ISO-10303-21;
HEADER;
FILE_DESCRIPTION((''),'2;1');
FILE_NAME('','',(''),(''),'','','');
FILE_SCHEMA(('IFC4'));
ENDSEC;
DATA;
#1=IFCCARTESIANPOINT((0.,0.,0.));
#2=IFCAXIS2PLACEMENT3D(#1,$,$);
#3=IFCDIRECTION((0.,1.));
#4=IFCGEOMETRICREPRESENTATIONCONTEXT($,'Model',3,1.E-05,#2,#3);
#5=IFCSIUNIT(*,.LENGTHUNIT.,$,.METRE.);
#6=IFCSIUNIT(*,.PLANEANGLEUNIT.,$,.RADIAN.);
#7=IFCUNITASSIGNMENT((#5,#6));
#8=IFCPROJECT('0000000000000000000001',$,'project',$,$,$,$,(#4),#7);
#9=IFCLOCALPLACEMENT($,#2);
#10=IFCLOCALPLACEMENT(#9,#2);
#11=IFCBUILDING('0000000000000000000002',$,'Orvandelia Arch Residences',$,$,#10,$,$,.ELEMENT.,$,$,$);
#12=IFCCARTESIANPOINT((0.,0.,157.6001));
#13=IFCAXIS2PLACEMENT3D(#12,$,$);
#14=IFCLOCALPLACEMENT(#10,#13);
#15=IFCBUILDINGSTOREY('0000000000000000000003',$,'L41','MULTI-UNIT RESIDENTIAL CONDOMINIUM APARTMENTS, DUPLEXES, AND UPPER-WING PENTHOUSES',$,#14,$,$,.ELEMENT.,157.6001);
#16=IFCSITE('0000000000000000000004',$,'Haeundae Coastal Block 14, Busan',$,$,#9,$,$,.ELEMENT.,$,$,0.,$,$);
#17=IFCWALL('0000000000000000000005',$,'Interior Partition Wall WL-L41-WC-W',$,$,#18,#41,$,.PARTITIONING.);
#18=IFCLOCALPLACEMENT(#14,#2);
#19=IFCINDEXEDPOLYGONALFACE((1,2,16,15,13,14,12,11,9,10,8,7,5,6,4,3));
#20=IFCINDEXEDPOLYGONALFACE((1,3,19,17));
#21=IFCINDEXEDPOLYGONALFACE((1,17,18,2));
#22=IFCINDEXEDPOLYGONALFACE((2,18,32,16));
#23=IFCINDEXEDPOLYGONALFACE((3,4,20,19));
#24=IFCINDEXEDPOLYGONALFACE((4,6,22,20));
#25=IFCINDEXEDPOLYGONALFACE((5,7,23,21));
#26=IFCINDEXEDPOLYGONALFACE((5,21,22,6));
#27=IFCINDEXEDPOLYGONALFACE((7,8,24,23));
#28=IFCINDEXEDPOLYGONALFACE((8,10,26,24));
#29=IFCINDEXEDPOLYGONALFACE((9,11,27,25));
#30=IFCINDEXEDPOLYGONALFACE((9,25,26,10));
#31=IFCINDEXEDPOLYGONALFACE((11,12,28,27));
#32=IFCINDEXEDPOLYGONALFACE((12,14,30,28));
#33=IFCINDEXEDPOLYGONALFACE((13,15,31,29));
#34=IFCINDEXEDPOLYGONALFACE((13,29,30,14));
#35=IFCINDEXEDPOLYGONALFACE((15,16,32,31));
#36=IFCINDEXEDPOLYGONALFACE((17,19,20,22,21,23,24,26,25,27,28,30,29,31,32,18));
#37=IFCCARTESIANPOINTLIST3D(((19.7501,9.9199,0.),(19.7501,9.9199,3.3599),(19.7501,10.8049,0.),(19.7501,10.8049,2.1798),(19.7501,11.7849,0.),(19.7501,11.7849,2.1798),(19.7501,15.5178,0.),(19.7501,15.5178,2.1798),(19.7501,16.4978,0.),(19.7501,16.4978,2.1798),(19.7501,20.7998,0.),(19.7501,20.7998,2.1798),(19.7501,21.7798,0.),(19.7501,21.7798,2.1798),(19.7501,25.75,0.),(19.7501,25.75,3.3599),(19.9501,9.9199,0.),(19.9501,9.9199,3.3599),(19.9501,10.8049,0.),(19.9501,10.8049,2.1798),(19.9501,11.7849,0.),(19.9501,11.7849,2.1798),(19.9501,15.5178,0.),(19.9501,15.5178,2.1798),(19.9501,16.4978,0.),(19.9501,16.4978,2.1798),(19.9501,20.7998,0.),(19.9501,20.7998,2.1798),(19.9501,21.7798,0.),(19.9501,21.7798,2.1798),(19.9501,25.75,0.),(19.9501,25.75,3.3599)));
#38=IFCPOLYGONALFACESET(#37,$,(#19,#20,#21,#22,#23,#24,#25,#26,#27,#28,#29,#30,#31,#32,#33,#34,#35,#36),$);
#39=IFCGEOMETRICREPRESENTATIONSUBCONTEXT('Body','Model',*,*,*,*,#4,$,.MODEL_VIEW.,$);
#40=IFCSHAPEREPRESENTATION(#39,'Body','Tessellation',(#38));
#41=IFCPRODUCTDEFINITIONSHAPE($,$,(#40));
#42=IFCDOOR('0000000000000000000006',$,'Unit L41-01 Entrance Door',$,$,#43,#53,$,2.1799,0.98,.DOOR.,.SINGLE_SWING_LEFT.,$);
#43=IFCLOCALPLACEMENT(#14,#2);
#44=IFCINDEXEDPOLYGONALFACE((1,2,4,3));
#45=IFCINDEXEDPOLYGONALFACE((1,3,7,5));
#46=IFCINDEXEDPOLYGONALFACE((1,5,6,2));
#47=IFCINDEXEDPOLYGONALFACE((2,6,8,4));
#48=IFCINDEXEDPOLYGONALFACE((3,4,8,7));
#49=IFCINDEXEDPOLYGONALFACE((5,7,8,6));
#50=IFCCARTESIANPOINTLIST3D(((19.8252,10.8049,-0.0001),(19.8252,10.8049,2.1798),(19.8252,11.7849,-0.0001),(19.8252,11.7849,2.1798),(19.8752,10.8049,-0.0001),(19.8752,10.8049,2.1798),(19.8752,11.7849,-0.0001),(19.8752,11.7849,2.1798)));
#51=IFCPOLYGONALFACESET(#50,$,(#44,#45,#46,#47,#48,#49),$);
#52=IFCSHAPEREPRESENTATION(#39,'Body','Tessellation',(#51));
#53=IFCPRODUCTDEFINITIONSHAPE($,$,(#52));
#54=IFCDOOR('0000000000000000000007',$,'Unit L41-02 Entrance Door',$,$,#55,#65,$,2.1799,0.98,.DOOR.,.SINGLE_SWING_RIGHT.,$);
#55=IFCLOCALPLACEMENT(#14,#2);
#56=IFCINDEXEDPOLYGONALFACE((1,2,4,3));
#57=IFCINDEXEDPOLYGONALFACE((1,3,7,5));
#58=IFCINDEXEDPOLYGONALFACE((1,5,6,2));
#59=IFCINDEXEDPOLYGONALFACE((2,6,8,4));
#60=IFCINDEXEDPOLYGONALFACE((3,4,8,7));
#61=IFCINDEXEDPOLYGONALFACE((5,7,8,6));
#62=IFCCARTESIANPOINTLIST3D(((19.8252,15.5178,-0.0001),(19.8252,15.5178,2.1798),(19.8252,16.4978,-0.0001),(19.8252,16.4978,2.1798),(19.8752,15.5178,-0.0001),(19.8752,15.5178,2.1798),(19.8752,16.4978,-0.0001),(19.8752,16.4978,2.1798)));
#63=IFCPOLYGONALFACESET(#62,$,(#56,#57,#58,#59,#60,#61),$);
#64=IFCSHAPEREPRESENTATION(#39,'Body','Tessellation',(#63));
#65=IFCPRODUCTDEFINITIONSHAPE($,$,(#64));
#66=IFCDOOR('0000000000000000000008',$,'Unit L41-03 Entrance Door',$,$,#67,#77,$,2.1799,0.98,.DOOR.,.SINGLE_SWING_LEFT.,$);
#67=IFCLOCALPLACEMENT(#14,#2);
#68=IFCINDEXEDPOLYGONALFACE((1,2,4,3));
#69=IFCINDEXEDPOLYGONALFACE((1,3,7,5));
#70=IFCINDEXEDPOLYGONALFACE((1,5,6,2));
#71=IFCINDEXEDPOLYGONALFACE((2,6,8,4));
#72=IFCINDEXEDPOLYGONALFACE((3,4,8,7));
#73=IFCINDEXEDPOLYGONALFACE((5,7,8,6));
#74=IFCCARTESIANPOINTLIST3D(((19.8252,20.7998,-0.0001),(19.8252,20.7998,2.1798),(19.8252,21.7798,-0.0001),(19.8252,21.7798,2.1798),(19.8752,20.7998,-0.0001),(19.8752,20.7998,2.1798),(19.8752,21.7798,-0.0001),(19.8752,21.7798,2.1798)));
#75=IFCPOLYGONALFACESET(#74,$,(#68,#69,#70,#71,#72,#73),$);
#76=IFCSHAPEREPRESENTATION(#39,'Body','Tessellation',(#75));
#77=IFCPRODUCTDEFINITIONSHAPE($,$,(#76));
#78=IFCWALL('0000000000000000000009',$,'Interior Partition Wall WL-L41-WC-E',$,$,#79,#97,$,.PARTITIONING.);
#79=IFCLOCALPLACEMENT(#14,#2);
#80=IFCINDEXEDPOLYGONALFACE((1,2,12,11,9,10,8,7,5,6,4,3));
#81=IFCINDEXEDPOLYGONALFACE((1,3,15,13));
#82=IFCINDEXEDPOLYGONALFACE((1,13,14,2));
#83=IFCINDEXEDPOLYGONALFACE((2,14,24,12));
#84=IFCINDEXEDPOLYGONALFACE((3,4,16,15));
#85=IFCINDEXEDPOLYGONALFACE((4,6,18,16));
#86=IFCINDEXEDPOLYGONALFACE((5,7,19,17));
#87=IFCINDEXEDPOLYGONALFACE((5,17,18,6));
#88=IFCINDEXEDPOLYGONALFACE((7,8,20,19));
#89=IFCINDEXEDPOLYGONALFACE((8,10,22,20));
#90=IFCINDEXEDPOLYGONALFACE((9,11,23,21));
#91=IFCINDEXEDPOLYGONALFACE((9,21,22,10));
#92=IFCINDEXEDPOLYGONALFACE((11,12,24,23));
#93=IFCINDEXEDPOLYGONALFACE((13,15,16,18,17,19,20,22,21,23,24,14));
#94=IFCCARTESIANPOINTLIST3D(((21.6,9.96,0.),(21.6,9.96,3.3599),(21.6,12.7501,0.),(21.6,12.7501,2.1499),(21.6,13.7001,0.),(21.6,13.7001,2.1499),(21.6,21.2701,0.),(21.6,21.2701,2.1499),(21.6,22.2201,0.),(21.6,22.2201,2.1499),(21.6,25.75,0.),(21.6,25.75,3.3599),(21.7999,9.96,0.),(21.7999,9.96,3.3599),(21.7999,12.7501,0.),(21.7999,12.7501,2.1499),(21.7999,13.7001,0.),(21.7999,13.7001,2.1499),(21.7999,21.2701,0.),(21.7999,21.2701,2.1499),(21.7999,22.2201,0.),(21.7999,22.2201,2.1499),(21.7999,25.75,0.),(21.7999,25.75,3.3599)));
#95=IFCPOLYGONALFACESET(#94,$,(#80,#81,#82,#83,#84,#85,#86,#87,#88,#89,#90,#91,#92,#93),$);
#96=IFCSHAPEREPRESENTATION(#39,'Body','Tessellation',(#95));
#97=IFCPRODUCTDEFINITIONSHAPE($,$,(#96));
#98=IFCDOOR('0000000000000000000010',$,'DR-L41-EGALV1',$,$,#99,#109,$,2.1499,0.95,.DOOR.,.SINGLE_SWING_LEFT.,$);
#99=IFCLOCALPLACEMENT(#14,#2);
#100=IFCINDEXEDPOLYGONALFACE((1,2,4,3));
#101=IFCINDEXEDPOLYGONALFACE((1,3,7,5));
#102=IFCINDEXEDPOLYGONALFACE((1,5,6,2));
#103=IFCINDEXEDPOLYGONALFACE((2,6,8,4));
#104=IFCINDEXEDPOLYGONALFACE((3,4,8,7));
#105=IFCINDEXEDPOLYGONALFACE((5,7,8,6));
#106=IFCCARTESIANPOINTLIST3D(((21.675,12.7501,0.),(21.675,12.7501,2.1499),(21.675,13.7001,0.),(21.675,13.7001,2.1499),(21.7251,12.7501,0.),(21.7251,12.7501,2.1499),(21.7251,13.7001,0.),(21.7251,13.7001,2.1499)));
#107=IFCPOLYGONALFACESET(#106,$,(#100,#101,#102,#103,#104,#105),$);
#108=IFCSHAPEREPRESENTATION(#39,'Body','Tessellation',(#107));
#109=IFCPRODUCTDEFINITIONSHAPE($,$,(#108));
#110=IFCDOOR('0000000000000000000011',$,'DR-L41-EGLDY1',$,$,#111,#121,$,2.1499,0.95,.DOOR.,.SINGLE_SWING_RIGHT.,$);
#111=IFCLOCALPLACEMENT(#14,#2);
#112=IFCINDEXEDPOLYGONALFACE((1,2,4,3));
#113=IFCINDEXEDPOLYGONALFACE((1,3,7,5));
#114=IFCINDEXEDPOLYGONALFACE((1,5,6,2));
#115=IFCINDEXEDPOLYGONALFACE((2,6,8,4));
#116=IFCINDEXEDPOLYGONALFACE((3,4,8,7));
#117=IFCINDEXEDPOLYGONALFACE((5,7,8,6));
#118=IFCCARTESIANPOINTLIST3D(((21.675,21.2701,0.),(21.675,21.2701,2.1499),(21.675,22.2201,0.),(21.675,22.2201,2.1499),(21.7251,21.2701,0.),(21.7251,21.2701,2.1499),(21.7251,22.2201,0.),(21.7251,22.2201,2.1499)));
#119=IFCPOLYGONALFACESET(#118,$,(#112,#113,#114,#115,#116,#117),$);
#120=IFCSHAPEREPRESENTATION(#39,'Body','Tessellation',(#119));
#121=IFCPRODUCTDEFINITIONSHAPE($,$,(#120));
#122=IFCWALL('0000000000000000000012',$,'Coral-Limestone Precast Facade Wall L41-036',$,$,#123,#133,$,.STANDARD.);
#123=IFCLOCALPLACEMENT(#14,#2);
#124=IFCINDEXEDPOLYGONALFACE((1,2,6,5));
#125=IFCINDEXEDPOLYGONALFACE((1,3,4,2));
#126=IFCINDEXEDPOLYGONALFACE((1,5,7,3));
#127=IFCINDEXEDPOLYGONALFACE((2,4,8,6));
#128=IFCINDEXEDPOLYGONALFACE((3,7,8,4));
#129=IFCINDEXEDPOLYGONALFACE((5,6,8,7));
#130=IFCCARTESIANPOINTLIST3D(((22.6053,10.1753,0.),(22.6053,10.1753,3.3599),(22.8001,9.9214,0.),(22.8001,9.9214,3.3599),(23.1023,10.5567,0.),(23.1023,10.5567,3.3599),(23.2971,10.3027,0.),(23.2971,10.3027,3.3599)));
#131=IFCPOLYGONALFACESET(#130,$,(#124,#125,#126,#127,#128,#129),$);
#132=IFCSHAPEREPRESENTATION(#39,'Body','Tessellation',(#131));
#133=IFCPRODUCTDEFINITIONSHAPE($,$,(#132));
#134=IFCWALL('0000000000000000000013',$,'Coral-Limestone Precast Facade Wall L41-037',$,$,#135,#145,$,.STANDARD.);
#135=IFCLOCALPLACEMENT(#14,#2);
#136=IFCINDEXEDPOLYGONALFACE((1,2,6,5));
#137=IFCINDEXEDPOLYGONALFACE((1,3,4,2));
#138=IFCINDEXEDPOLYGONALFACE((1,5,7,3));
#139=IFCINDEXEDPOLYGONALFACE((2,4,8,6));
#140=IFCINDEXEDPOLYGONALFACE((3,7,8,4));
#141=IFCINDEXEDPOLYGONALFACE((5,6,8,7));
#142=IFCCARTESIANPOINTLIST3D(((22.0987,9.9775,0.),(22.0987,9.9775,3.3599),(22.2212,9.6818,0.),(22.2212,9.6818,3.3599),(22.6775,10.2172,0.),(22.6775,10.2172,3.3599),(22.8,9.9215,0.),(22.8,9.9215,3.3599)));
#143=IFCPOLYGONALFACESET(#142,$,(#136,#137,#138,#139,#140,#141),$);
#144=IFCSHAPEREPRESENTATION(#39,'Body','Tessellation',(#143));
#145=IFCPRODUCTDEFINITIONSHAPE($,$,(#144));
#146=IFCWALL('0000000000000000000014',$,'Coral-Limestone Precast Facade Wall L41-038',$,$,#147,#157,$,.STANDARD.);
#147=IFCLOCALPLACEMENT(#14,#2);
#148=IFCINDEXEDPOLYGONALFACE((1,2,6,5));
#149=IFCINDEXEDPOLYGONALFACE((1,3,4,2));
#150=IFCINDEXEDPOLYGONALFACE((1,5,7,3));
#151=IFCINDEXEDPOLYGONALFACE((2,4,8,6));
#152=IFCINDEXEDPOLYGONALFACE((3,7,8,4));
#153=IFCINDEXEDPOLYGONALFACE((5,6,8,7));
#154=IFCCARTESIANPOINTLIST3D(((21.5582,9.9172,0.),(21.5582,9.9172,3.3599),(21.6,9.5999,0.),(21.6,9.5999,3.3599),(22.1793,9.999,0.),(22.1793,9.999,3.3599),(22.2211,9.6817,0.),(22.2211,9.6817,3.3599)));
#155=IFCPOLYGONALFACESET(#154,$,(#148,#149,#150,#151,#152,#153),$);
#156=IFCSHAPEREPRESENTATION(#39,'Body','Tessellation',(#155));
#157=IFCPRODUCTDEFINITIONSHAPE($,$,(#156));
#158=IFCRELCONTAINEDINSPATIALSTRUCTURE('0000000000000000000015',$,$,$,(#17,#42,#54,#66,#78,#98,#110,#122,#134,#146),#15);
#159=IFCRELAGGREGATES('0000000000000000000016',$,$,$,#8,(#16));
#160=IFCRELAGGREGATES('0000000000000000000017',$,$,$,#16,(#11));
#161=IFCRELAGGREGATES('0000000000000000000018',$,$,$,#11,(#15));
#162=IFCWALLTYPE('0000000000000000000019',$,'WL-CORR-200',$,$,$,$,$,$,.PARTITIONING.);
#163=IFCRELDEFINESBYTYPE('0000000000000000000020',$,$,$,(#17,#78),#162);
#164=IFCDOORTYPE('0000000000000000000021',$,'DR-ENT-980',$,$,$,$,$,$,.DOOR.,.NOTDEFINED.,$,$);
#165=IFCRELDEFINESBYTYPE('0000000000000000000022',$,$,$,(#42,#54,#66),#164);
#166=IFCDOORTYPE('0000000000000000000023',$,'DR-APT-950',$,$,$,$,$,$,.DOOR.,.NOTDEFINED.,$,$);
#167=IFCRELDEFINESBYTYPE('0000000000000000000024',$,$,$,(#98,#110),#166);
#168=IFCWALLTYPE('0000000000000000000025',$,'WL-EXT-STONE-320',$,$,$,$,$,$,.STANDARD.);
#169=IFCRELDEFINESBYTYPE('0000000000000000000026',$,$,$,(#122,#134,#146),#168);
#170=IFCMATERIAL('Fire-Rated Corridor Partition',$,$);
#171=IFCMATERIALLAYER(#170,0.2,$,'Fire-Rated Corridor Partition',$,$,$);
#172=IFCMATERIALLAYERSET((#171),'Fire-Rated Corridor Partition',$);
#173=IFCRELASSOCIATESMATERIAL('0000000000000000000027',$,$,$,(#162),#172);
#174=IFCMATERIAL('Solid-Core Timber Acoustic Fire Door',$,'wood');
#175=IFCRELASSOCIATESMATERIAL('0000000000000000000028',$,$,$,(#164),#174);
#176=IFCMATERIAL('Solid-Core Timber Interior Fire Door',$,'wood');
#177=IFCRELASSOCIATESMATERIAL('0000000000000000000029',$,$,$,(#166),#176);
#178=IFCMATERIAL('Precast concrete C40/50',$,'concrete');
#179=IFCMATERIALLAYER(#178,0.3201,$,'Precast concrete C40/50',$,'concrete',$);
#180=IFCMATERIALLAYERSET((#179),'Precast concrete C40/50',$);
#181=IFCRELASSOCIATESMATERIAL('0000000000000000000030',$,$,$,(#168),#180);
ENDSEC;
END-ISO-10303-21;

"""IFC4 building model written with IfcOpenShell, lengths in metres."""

from ifc_helpers import new_model, si_unit, direction, frame, frame_2d, origin, place, context, subcontext, project, spatial, rectangle, extrude, material, layer, layer_set, type_object, element, fill, save


model = new_model("IFC4")

# Units and contexts
model_context = context("Model", 3, precision=1e-05, world=origin(), true_north=direction((0.0, 1.0)))
body_context = subcontext(model_context, "Body", "Model", "MODEL_VIEW")
ifc_project = project(units=[si_unit("LENGTHUNIT", "METRE"), si_unit("PLANEANGLEUNIT", "RADIAN")], contexts=[model_context])

# Site, building, storey
site_placement = place(None, origin())
site = spatial("IfcSite", under=ifc_project, at=site_placement, Name="Haeundae Coastal Block 14, Busan", CompositionType="ELEMENT", RefElevation=0.0)
building_placement = place(site_placement, origin())
building = spatial("IfcBuilding", under=site, at=building_placement, Name="Orvandelia Arch Residences", CompositionType="ELEMENT")
storey_placement = place(building_placement, frame((0.0, 0.0, 157.6001)))
storey = spatial("IfcBuildingStorey", under=building, at=storey_placement, Name="L41", Description="MULTI-UNIT RESIDENTIAL CONDOMINIUM APARTMENTS, DUPLEXES, AND UPPER-WING PENTHOUSES", CompositionType="ELEMENT", Elevation=157.6001)

# Walls, openings, doors
ifc_material_1 = material(Name="Fire-Rated Corridor Partition")
ifc_layer_1 = layer(ifc_material_1, 0.2, Name="Fire-Rated Corridor Partition")
ifc_layer_set_1 = layer_set([ifc_layer_1], Name="Fire-Rated Corridor Partition")
wall_type_1 = type_object("IfcWallType", Name="WL-CORR-200", PredefinedType="PARTITIONING", material=ifc_layer_set_1)
wall_1_placement = place(storey_placement, frame((19.8501, 9.9199, 0.0), z_axis=(0.0, 0.0, 1.0), x_axis=(0.0, 1.0, 0.0)))
wall_1 = element("IfcWall", 1, at=wall_1_placement, inside=storey, type_object=wall_type_1, Name="Interior Partition Wall WL-L41-WC-W", PredefinedType="PARTITIONING", context=body_context, shape_type="SweptSolid", body=[
    extrude(rectangle(XDim=15.8301, YDim=0.2, at=frame_2d((7.915, 0.0))), origin(), (0.0, 0.0, 1.0), 3.3599),
])
opening_1_placement = place(wall_1_placement, frame((0.885, 0.0, 0.0)))
opening_1 = element("IfcOpeningElement", 2, at=opening_1_placement, cuts=wall_1, PredefinedType="OPENING", context=body_context, shape_type="SweptSolid", body=[
    extrude(rectangle(XDim=0.98, YDim=2.1799, at=frame_2d((0.49, 1.0898))), frame((0.0, 0.1099, 0.0), z_axis=(0.0, -1.0, 0.0), x_axis=(1.0, 0.0, 0.0)), (0.0, 0.0, 1.0), 0.22),
])
opening_2_placement = place(wall_1_placement, frame((5.5979, 0.0, 0.0)))
opening_2 = element("IfcOpeningElement", 3, at=opening_2_placement, cuts=wall_1, PredefinedType="OPENING", context=body_context, shape_type="SweptSolid", body=[
    extrude(rectangle(XDim=0.98, YDim=2.1799, at=frame_2d((0.49, 1.0898))), frame((0.0, 0.1099, 0.0), z_axis=(0.0, -1.0, 0.0), x_axis=(1.0, 0.0, 0.0)), (0.0, 0.0, 1.0), 0.22),
])
opening_3_placement = place(wall_1_placement, frame((10.8799, 0.0, 0.0)))
opening_3 = element("IfcOpeningElement", 4, at=opening_3_placement, cuts=wall_1, PredefinedType="OPENING", context=body_context, shape_type="SweptSolid", body=[
    extrude(rectangle(XDim=0.98, YDim=2.1799, at=frame_2d((0.49, 1.0898))), frame((0.0, 0.1099, 0.0), z_axis=(0.0, -1.0, 0.0), x_axis=(1.0, 0.0, 0.0)), (0.0, 0.0, 1.0), 0.22),
])
ifc_material_2 = material(Name="Solid-Core Timber Acoustic Fire Door", Category="wood")
door_type_1 = type_object("IfcDoorType", Name="DR-ENT-980", OperationType="NOTDEFINED", PredefinedType="DOOR", material=ifc_material_2)
door_1_placement = place(opening_1_placement, origin())
door_1 = element("IfcDoor", 5, at=door_1_placement, inside=storey, type_object=door_type_1, Name="Unit L41-01 Entrance Door", OperationType="SINGLE_SWING_LEFT", OverallHeight=2.1799, OverallWidth=0.98, PredefinedType="DOOR", context=body_context, shape_type="SweptSolid", body=[
    extrude(rectangle(XDim=0.98, YDim=2.1799, at=frame_2d((0.49, 1.0898))), frame((0.0, 0.0249, 0.0), z_axis=(0.0, -1.0, 0.0), x_axis=(1.0, 0.0, 0.0)), (0.0, 0.0, 1.0), 0.05),
])
fill(opening_1, door_1)
door_2_placement = place(opening_2_placement, origin())
door_2 = element("IfcDoor", 6, at=door_2_placement, inside=storey, type_object=door_type_1, Name="Unit L41-02 Entrance Door", OperationType="SINGLE_SWING_RIGHT", OverallHeight=2.1799, OverallWidth=0.98, PredefinedType="DOOR", context=body_context, shape_type="SweptSolid", body=[
    extrude(rectangle(XDim=0.98, YDim=2.1799, at=frame_2d((0.49, 1.0898))), frame((0.0, 0.0249, 0.0), z_axis=(0.0, -1.0, 0.0), x_axis=(1.0, 0.0, 0.0)), (0.0, 0.0, 1.0), 0.05),
])
fill(opening_2, door_2)
door_3_placement = place(opening_3_placement, origin())
door_3 = element("IfcDoor", 7, at=door_3_placement, inside=storey, type_object=door_type_1, Name="Unit L41-03 Entrance Door", OperationType="SINGLE_SWING_LEFT", OverallHeight=2.1799, OverallWidth=0.98, PredefinedType="DOOR", context=body_context, shape_type="SweptSolid", body=[
    extrude(rectangle(XDim=0.98, YDim=2.1799, at=frame_2d((0.49, 1.0898))), frame((0.0, 0.0249, 0.0), z_axis=(0.0, -1.0, 0.0), x_axis=(1.0, 0.0, 0.0)), (0.0, 0.0, 1.0), 0.05),
])
fill(opening_3, door_3)
wall_2_placement = place(storey_placement, frame((21.7, 9.96, 0.0), z_axis=(0.0, 0.0, 1.0), x_axis=(0.0, 1.0, 0.0)))
wall_2 = element("IfcWall", 8, at=wall_2_placement, inside=storey, type_object=wall_type_1, Name="Interior Partition Wall WL-L41-WC-E", PredefinedType="PARTITIONING", context=body_context, shape_type="SweptSolid", body=[
    extrude(rectangle(XDim=15.79, YDim=0.2, at=frame_2d((7.895, 0.0))), origin(), (0.0, 0.0, 1.0), 3.3599),
])
opening_4_placement = place(wall_2_placement, frame((2.79, 0.0, 0.0)))
opening_4 = element("IfcOpeningElement", 9, at=opening_4_placement, cuts=wall_2, PredefinedType="OPENING", context=body_context, shape_type="SweptSolid", body=[
    extrude(rectangle(XDim=0.95, YDim=2.1499, at=frame_2d((0.4751, 1.075))), frame((0.0, 0.1099, 0.0), z_axis=(0.0, -1.0, 0.0), x_axis=(1.0, 0.0, 0.0)), (0.0, 0.0, 1.0), 0.22),
])
opening_5_placement = place(wall_2_placement, frame((11.3101, 0.0, 0.0)))
opening_5 = element("IfcOpeningElement", 10, at=opening_5_placement, cuts=wall_2, PredefinedType="OPENING", context=body_context, shape_type="SweptSolid", body=[
    extrude(rectangle(XDim=0.95, YDim=2.1499, at=frame_2d((0.4751, 1.075))), frame((0.0, 0.1099, 0.0), z_axis=(0.0, -1.0, 0.0), x_axis=(1.0, 0.0, 0.0)), (0.0, 0.0, 1.0), 0.22),
])
ifc_material_3 = material(Name="Solid-Core Timber Interior Fire Door", Category="wood")
door_type_2 = type_object("IfcDoorType", Name="DR-APT-950", OperationType="NOTDEFINED", PredefinedType="DOOR", material=ifc_material_3)
door_4_placement = place(opening_4_placement, origin())
door_4 = element("IfcDoor", 11, at=door_4_placement, inside=storey, type_object=door_type_2, Name="DR-L41-EGALV1", OperationType="SINGLE_SWING_LEFT", OverallHeight=2.1499, OverallWidth=0.95, PredefinedType="DOOR", context=body_context, shape_type="SweptSolid", body=[
    extrude(rectangle(XDim=0.95, YDim=2.1499, at=frame_2d((0.4751, 1.075))), frame((0.0, 0.0249, 0.0), z_axis=(0.0, -1.0, 0.0), x_axis=(1.0, 0.0, 0.0)), (0.0, 0.0, 1.0), 0.05),
])
fill(opening_4, door_4)
door_5_placement = place(opening_5_placement, origin())
door_5 = element("IfcDoor", 12, at=door_5_placement, inside=storey, type_object=door_type_2, Name="DR-L41-EGLDY1", OperationType="SINGLE_SWING_RIGHT", OverallHeight=2.1499, OverallWidth=0.95, PredefinedType="DOOR", context=body_context, shape_type="SweptSolid", body=[
    extrude(rectangle(XDim=0.95, YDim=2.1499, at=frame_2d((0.4751, 1.075))), frame((0.0, 0.0249, 0.0), z_axis=(0.0, -1.0, 0.0), x_axis=(1.0, 0.0, 0.0)), (0.0, 0.0, 1.0), 0.05),
])
fill(opening_5, door_5)

# Walls
ifc_material_4 = material(Name="Precast concrete C40/50", Category="concrete")
ifc_layer_2 = layer(ifc_material_4, 0.3201, Name="Precast concrete C40/50", Category="concrete")
ifc_layer_set_2 = layer_set([ifc_layer_2], Name="Precast concrete C40/50")
wall_type_2 = type_object("IfcWallType", Name="WL-EXT-STONE-320", PredefinedType="STANDARD", material=ifc_layer_set_2)
for number, where, z_axis, x_axis, name in (
    (13, (23.1997, 10.4297, 0.0), (0.0, 0.0, 1.0), (-0.793406, -0.608693, 0.0), "Coral-Limestone Precast Facade Wall L41-036"),
    (14, (22.7388, 10.0693, 0.0), (0.0, 0.0, 1.0), (-0.923893, -0.38265, 0.0), "Coral-Limestone Precast Facade Wall L41-037"),
    (15, (22.2002, 9.8403, 0.0), (0.0, 0.0, 1.0), (-0.991441, -0.130555, 0.0), "Coral-Limestone Precast Facade Wall L41-038"),
):
    element("IfcWall", number, at=place(storey_placement, frame(where, z_axis=z_axis, x_axis=x_axis)), inside=storey, type_object=wall_type_2, Name=name, PredefinedType="STANDARD", context=body_context, shape_type="SweptSolid", body=[
        extrude(rectangle(XDim=0.6265, YDim=0.3201, at=frame_2d((0.3132, 0.0))), origin(), (0.0, 0.0, 1.0), 3.3599),
    ])

save(model, "model.ifc")
